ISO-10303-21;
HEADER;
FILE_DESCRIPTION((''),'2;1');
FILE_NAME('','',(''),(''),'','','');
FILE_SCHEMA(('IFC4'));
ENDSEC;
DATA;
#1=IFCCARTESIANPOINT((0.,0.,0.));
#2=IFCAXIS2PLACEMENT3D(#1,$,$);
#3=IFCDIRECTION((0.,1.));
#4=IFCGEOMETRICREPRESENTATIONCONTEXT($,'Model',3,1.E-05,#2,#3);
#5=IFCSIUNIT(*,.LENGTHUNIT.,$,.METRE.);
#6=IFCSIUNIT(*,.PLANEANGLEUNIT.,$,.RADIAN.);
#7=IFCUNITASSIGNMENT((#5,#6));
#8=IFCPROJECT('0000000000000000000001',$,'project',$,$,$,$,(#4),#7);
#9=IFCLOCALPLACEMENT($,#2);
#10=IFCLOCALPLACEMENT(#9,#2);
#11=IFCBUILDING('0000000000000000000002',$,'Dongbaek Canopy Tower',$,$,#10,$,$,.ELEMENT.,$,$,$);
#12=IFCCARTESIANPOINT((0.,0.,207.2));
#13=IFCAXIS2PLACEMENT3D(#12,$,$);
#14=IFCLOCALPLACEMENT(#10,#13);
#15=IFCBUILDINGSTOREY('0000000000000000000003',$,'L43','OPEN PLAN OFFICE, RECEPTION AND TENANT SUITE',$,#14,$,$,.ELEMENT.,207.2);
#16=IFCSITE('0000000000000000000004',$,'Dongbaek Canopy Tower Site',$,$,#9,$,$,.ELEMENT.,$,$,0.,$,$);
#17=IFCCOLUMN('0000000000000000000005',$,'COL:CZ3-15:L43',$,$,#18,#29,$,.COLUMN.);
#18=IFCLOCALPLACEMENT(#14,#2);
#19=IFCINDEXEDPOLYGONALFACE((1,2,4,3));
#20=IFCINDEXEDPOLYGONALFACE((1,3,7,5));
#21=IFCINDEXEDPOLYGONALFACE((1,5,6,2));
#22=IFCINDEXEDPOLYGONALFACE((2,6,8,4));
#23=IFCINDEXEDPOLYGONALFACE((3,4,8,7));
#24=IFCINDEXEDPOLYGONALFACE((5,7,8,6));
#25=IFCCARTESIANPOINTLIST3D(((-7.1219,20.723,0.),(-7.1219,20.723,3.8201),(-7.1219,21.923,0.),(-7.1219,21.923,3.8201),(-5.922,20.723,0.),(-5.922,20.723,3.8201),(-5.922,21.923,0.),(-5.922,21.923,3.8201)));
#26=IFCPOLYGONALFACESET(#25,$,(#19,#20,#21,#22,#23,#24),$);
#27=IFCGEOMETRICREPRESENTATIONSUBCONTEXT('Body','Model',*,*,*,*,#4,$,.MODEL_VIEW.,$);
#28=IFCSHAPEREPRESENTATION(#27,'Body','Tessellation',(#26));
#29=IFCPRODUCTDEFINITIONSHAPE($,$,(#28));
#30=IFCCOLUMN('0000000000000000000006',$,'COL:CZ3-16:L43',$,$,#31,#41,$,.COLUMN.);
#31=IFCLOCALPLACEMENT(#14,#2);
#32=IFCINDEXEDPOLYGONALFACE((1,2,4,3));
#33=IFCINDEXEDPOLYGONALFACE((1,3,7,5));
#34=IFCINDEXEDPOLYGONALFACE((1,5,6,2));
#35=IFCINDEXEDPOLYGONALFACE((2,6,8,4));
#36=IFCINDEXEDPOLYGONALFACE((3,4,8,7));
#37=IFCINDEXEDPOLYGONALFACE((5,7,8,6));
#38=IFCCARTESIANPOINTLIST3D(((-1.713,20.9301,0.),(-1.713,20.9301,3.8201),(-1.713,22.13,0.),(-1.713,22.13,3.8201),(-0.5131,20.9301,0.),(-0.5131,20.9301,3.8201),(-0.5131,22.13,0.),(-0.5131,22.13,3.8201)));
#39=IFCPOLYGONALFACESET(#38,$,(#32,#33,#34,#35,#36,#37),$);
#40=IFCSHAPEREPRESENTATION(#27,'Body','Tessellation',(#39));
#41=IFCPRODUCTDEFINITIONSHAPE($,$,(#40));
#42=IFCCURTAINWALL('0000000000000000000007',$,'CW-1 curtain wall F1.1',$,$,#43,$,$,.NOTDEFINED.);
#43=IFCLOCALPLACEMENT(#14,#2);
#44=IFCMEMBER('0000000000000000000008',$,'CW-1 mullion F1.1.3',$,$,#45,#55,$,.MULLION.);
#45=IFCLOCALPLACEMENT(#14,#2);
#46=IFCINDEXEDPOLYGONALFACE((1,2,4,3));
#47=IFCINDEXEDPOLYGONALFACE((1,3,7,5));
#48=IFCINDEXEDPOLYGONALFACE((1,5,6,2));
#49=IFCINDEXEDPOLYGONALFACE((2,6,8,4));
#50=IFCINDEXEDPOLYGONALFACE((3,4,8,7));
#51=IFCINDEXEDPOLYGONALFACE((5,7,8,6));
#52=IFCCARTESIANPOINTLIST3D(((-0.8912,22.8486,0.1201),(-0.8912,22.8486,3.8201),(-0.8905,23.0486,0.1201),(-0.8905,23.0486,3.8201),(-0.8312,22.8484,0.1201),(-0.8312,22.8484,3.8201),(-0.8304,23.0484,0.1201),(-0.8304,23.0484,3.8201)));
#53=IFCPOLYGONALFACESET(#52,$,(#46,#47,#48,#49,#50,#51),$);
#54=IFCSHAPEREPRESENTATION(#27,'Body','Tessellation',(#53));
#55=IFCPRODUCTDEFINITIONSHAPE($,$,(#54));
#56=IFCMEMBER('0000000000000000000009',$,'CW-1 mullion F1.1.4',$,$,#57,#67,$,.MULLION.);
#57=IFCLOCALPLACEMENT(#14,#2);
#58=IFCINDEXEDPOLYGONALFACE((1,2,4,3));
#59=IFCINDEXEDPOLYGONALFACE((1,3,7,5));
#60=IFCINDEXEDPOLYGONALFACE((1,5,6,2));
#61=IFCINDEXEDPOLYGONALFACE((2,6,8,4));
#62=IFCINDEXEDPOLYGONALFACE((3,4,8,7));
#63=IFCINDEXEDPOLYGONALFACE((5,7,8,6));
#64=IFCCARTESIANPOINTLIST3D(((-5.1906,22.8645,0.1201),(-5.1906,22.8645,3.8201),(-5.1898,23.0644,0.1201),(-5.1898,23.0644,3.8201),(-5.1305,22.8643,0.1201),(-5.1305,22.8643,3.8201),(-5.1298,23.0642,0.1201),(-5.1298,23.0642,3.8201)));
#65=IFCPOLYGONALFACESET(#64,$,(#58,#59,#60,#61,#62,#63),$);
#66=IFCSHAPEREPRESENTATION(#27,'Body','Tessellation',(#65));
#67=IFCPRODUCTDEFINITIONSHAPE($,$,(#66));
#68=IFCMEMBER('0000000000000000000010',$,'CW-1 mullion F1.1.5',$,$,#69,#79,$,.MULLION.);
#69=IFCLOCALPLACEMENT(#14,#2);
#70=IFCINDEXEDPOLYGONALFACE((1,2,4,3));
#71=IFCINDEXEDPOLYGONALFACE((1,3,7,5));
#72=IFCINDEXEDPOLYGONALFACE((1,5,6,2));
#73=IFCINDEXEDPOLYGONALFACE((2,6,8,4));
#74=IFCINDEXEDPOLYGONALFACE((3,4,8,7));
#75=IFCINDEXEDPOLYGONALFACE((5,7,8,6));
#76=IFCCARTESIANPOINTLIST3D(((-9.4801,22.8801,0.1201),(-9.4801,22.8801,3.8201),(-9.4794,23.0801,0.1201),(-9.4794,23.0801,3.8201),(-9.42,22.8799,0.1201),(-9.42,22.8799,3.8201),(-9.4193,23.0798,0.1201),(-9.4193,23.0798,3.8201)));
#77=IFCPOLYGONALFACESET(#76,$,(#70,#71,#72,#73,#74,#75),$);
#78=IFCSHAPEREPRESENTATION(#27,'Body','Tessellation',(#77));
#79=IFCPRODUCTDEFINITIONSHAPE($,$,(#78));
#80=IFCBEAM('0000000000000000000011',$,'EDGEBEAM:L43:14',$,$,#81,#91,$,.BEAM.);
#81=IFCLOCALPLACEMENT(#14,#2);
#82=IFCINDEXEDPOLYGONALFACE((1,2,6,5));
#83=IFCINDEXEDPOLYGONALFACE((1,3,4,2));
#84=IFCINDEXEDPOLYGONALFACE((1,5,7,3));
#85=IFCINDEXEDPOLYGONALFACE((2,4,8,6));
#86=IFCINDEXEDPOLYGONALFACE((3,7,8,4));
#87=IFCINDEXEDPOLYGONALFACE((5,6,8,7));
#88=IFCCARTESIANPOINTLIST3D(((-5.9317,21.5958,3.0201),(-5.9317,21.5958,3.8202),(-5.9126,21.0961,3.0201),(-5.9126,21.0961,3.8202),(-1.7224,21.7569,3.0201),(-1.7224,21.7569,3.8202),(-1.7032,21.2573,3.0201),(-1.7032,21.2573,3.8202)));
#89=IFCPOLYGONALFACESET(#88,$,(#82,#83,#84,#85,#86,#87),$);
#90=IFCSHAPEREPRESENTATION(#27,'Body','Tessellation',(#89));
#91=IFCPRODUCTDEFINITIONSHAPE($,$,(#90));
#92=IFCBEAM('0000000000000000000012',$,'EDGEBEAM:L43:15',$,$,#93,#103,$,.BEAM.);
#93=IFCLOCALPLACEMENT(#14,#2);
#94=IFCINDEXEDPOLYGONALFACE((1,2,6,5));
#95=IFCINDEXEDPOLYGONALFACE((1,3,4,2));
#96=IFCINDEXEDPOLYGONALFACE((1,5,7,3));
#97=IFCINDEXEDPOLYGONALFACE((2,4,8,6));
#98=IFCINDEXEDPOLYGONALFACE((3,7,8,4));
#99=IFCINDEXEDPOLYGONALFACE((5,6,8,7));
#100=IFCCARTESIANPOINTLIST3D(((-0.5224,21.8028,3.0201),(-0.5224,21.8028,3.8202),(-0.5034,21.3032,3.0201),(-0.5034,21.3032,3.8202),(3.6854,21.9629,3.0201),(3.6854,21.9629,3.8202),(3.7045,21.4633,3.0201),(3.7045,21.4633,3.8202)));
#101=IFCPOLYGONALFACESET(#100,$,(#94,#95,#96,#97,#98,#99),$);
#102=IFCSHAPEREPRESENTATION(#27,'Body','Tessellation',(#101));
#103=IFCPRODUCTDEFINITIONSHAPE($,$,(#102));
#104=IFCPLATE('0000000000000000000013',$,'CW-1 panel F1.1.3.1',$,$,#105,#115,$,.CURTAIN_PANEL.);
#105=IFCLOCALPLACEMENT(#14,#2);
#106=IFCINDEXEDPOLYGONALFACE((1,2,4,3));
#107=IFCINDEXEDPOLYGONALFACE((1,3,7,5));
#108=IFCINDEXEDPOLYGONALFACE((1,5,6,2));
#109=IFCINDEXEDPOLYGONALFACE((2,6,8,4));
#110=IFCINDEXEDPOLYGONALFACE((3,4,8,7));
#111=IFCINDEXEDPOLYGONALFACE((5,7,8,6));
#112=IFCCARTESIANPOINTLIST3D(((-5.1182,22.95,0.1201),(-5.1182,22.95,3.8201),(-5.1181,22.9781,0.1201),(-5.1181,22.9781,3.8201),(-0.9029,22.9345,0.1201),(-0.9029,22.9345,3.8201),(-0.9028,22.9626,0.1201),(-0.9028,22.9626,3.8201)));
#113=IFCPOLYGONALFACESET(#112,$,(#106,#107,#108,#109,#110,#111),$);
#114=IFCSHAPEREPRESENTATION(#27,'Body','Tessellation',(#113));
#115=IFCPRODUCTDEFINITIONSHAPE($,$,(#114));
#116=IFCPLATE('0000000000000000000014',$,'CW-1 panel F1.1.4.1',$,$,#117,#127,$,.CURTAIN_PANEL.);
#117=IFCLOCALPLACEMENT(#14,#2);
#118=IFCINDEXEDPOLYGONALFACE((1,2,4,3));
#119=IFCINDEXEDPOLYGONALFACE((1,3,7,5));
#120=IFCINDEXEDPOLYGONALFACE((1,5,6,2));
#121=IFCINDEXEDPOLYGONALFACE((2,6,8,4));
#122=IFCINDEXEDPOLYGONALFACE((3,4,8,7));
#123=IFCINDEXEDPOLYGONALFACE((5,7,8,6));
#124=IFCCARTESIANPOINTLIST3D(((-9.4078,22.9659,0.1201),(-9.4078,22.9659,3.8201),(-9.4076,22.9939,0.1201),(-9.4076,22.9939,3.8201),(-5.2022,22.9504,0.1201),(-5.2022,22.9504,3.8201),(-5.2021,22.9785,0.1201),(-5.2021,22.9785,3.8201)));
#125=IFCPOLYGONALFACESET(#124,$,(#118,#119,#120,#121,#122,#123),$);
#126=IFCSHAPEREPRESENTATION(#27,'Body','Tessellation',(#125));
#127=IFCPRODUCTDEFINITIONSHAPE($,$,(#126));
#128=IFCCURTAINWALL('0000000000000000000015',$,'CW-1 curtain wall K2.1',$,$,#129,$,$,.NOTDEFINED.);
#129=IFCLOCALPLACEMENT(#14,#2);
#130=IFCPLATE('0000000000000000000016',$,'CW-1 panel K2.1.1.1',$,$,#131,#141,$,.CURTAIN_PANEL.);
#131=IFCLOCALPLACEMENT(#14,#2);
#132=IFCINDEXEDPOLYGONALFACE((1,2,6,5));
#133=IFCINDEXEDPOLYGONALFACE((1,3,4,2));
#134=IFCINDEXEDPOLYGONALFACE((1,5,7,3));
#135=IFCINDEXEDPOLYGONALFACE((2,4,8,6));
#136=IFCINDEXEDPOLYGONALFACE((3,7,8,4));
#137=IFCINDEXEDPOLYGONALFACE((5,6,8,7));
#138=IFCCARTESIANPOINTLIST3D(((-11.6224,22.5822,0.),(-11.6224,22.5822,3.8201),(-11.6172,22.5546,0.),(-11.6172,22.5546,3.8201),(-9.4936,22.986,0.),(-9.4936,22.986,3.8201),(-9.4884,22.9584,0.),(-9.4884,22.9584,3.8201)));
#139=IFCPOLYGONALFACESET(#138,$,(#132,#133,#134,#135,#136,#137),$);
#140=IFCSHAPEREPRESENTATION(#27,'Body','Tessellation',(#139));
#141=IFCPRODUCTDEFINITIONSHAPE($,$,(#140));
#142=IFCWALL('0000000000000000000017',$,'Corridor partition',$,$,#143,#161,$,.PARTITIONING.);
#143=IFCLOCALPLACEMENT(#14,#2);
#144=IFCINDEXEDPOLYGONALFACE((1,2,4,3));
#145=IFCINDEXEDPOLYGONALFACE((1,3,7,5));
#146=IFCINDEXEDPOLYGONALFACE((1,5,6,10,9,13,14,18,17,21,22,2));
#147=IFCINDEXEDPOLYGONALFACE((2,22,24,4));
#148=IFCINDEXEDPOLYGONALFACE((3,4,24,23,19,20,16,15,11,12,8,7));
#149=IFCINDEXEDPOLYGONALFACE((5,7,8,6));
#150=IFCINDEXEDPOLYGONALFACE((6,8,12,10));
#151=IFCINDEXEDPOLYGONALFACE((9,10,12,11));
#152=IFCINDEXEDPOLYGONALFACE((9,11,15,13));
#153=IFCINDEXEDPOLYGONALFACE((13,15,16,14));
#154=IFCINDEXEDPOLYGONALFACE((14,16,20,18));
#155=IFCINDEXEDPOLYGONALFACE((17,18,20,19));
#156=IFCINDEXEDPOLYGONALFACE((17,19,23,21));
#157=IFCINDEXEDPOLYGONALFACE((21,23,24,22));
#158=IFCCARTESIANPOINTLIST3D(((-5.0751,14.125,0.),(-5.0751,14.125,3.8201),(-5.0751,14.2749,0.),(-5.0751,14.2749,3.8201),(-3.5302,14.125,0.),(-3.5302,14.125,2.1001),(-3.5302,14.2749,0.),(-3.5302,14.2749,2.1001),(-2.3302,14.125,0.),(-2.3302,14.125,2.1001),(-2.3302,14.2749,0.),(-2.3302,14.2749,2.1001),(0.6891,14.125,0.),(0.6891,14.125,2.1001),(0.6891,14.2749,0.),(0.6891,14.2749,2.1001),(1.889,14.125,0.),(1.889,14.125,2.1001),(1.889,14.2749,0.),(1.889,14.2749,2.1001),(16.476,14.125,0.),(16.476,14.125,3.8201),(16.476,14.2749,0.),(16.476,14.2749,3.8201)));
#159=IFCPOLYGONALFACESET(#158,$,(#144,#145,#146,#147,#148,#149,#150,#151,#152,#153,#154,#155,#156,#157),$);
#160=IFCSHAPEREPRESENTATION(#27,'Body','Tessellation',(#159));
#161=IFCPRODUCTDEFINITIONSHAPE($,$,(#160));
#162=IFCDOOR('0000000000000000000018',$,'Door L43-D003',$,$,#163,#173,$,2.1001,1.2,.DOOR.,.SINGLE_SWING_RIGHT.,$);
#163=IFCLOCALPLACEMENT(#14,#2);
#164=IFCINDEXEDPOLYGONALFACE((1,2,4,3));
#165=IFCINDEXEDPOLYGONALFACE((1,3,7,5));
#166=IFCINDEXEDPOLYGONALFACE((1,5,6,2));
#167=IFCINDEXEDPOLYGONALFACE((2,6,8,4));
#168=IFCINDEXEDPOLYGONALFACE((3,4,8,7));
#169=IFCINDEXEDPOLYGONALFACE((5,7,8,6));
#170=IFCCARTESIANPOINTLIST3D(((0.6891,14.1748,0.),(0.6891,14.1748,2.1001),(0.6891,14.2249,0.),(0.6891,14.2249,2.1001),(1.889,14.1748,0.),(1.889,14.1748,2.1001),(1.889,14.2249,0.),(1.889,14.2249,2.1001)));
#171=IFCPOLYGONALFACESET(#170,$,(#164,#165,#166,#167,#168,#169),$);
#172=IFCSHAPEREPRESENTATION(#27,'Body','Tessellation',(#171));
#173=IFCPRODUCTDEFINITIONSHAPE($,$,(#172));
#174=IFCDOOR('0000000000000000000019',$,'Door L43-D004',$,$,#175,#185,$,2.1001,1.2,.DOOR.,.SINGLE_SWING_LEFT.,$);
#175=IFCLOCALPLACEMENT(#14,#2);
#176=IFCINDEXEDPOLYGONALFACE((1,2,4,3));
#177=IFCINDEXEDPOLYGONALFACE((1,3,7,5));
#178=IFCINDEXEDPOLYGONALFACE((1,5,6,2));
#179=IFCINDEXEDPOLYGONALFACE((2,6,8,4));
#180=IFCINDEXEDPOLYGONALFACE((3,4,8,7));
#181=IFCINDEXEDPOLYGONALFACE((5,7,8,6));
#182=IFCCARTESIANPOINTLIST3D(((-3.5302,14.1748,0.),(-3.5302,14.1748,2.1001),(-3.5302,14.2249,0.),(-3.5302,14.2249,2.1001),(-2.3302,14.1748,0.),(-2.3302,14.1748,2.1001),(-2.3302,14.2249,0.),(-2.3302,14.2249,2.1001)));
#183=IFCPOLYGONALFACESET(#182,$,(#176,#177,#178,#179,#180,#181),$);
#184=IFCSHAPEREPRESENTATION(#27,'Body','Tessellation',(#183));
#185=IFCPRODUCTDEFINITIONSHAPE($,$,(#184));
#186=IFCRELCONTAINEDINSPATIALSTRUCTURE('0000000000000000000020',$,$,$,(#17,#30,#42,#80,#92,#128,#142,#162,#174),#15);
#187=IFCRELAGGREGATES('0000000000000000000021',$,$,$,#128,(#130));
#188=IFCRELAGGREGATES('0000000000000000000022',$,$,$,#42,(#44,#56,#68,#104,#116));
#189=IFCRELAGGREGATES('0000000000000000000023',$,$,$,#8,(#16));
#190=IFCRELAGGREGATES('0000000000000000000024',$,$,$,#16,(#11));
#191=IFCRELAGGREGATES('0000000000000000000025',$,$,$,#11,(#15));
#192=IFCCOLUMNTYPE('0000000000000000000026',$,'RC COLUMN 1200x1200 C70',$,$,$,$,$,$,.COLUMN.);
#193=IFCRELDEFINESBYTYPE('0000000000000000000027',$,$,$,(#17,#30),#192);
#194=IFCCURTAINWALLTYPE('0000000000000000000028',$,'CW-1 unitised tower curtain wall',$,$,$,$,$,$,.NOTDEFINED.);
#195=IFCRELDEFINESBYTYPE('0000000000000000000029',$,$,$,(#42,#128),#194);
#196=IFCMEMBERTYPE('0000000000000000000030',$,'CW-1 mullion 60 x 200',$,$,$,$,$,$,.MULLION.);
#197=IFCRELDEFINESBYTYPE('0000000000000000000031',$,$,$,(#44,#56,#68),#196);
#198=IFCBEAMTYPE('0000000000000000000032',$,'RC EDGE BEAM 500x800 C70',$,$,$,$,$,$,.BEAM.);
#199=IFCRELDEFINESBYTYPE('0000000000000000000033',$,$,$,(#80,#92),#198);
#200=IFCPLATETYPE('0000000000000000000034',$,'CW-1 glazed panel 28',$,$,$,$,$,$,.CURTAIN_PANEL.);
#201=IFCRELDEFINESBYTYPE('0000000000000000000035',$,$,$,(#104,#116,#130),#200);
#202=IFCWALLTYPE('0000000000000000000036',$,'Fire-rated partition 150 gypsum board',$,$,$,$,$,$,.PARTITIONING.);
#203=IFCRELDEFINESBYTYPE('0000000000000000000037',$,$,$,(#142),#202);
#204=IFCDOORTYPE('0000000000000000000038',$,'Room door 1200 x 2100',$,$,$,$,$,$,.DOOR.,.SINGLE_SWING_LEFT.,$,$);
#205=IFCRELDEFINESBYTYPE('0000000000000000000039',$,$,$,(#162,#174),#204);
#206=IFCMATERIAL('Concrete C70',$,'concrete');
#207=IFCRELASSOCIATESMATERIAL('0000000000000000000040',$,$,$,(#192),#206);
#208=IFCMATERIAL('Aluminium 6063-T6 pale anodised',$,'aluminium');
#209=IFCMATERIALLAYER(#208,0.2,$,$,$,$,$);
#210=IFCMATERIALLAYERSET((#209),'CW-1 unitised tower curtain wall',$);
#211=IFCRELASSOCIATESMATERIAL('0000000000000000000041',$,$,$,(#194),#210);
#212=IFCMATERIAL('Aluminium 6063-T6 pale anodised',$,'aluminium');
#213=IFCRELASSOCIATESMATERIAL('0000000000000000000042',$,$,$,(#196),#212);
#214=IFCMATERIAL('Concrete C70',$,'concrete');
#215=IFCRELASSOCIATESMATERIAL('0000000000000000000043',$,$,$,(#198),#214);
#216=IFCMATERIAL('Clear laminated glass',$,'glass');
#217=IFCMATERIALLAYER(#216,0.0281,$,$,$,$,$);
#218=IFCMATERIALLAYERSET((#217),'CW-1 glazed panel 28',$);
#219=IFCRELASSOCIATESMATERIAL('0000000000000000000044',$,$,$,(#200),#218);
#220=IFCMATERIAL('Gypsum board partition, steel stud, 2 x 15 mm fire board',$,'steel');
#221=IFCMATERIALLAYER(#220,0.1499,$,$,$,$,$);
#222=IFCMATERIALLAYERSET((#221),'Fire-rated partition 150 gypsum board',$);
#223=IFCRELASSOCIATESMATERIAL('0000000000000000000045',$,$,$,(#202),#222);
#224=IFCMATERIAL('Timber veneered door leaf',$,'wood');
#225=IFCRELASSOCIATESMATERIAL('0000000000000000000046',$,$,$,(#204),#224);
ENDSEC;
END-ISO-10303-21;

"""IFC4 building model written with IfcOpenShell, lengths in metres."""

from ifc_helpers import new_model, si_unit, direction, frame, frame_2d, origin, origin_2d, place, context, subcontext, project, spatial, rectangle, extrude, material, layer, layer_set, material_profile, profile_set, type_object, element, fill, aggregate, save


model = new_model("IFC4")

# Units and contexts
model_context = context("Model", 3, precision=1e-05, world=origin(), true_north=direction((0.0, 1.0)))
body_context = subcontext(model_context, "Body", "Model", "MODEL_VIEW")
ifc_project = project(units=[si_unit("LENGTHUNIT", "METRE"), si_unit("PLANEANGLEUNIT", "RADIAN")], contexts=[model_context])

# Site, building, storey
site_placement = place(None, origin())
site = spatial("IfcSite", under=ifc_project, at=site_placement, Name="Dongbaek Canopy Tower Site", CompositionType="ELEMENT", RefElevation=0.0)
building_placement = place(site_placement, origin())
building = spatial("IfcBuilding", under=site, at=building_placement, Name="Dongbaek Canopy Tower", CompositionType="ELEMENT")
storey_placement = place(building_placement, frame((0.0, 0.0, 207.2)))
storey = spatial("IfcBuildingStorey", under=building, at=storey_placement, Name="L43", Description="OPEN PLAN OFFICE, RECEPTION AND TENANT SUITE", CompositionType="ELEMENT", Elevation=207.2)

# Columns
ifc_material_1 = material(Name="Concrete C70", Category="concrete")
ifc_material_profile_1 = material_profile(ifc_material_1, rectangle(XDim=1.2, YDim=1.2, at=origin_2d()), Name="RC COLUMN 1200x1200 C70")
ifc_profile_set_1 = profile_set([ifc_material_profile_1], Name="Concrete C70")
column_type = type_object("IfcColumnType", Name="RC COLUMN 1200x1200 C70", PredefinedType="COLUMN", material=ifc_profile_set_1)
for number, where, z_axis, x_axis, name in (
    (1, (-6.522, 21.323, 0.0), (0.0, 0.0, 1.0), (1.0, 0.0, 0.0), "COL:CZ3-15:L43"),
    (2, (-1.113, 21.53, 0.0), (0.0, 0.0, 1.0), (1.0, 0.0, 0.0), "COL:CZ3-16:L43"),
):
    element("IfcColumn", number, at=place(storey_placement, frame(where, z_axis=z_axis, x_axis=x_axis)), inside=storey, type_object=column_type, Name=name, PredefinedType="COLUMN", context=body_context, shape_type="SweptSolid", body=[
        extrude(rectangle(XDim=1.2, YDim=1.2, at=origin_2d()), origin(), (0.0, 0.0, 1.0), 3.8201),
    ])

# Curtain wall, members
ifc_material_2 = material(Name="Aluminium 6063-T6 pale anodised", Category="aluminium")
ifc_layer_1 = layer(ifc_material_2, 0.2)
ifc_layer_set_1 = layer_set([ifc_layer_1], Name="CW-1 unitised tower curtain wall")
curtain_wall_type = type_object("IfcCurtainWallType", Name="CW-1 unitised tower curtain wall", PredefinedType="NOTDEFINED", material=ifc_layer_set_1)
curtain_wall_1_placement = place(storey_placement, origin())
curtain_wall_1 = element("IfcCurtainWall", 3, at=curtain_wall_1_placement, inside=storey, type_object=curtain_wall_type, Name="CW-1 curtain wall F1.1", PredefinedType="NOTDEFINED")
ifc_material_3 = material(Name="Aluminium 6063-T6 pale anodised", Category="aluminium")
ifc_material_profile_2 = material_profile(ifc_material_3, rectangle(XDim=0.2, YDim=0.0601, at=origin_2d()), Name="CW-1 mullion 60 x 200")
ifc_profile_set_2 = profile_set([ifc_material_profile_2], Name="Aluminium 6063-T6 pale anodised")
member_type = type_object("IfcMemberType", Name="CW-1 mullion 60 x 200", PredefinedType="MULLION", material=ifc_profile_set_2)
member_1_placement = place(storey_placement, frame((-0.8608, 22.9485, 0.1201), z_axis=(0.0, 0.0, 1.0), x_axis=(0.003675, 0.999993, 0.0)))
member_1 = element("IfcMember", 4, at=member_1_placement, type_object=member_type, Name="CW-1 mullion F1.1.3", PredefinedType="MULLION", context=body_context, shape_type="SweptSolid", body=[
    extrude(rectangle(XDim=0.2, YDim=0.0601, at=origin_2d()), origin(), (0.0, 0.0, 1.0), 3.7),
])
member_2_placement = place(storey_placement, frame((-5.1602, 22.9644, 0.1201), z_axis=(0.0, 0.0, 1.0), x_axis=(0.003675, 0.999993, 0.0)))
member_2 = element("IfcMember", 5, at=member_2_placement, type_object=member_type, Name="CW-1 mullion F1.1.4", PredefinedType="MULLION", context=body_context, shape_type="SweptSolid", body=[
    extrude(rectangle(XDim=0.2, YDim=0.0601, at=origin_2d()), origin(), (0.0, 0.0, 1.0), 3.7),
])
member_3_placement = place(storey_placement, frame((-9.4497, 22.98, 0.1201), z_axis=(0.0, 0.0, 1.0), x_axis=(0.003675, 0.999993, 0.0)))
member_3 = element("IfcMember", 6, at=member_3_placement, type_object=member_type, Name="CW-1 mullion F1.1.5", PredefinedType="MULLION", context=body_context, shape_type="SweptSolid", body=[
    extrude(rectangle(XDim=0.2, YDim=0.0601, at=origin_2d()), origin(), (0.0, 0.0, 1.0), 3.7),
])

# Beams
ifc_material_4 = material(Name="Concrete C70", Category="concrete")
ifc_material_profile_3 = material_profile(ifc_material_4, rectangle(XDim=0.5, YDim=0.8, at=origin_2d()), Name="RC EDGE BEAM 500x800 C70")
ifc_profile_set_3 = profile_set([ifc_material_profile_3], Name="Concrete C70")
beam_type = type_object("IfcBeamType", Name="RC EDGE BEAM 500x800 C70", PredefinedType="BEAM", material=ifc_profile_set_3)
beam_1_placement = place(storey_placement, frame((-5.9221, 21.3459, 3.4202), z_axis=(0.999268, 0.038253, 0.0), x_axis=(-0.038253, 0.999268, 0.0)))
element("IfcBeam", 7, at=beam_1_placement, inside=storey, type_object=beam_type, Name="EDGEBEAM:L43:14", PredefinedType="BEAM", context=body_context, shape_type="SweptSolid", body=[
    extrude(rectangle(XDim=0.5, YDim=0.8, at=origin_2d()), origin(), (0.0, 0.0, 1.0), 4.2124),
])
beam_2_placement = place(storey_placement, frame((-0.5129, 21.553, 3.4202), z_axis=(0.999277, 0.038032, 0.0), x_axis=(-0.038032, 0.999277, 0.0)))
element("IfcBeam", 8, at=beam_2_placement, inside=storey, type_object=beam_type, Name="EDGEBEAM:L43:15", PredefinedType="BEAM", context=body_context, shape_type="SweptSolid", body=[
    extrude(rectangle(XDim=0.5, YDim=0.8, at=origin_2d()), origin(), (0.0, 0.0, 1.0), 4.2109),
])

# Plates
ifc_material_5 = material(Name="Clear laminated glass", Category="glass")
ifc_layer_2 = layer(ifc_material_5, 0.0281)
ifc_layer_set_2 = layer_set([ifc_layer_2], Name="CW-1 glazed panel 28")
plate_type = type_object("IfcPlateType", Name="CW-1 glazed panel 28", PredefinedType="CURTAIN_PANEL", material=ifc_layer_set_2)
plate_1_placement = place(storey_placement, frame((-3.0105, 22.9563, 0.1201), z_axis=(0.0, 0.0, 1.0), x_axis=(-0.999993, 0.003675, 0.0)))
plate_1 = element("IfcPlate", 9, at=plate_1_placement, type_object=plate_type, Name="CW-1 panel F1.1.3.1", PredefinedType="CURTAIN_PANEL", context=body_context, shape_type="SweptSolid", body=[
    extrude(rectangle(XDim=4.2153, YDim=0.0281, at=origin_2d()), origin(), (0.0, 0.0, 1.0), 3.7),
])
plate_2_placement = place(storey_placement, frame((-7.3049, 22.9722, 0.1201), z_axis=(0.0, 0.0, 1.0), x_axis=(-0.999993, 0.003675, 0.0)))
plate_2 = element("IfcPlate", 10, at=plate_2_placement, type_object=plate_type, Name="CW-1 panel F1.1.4.1", PredefinedType="CURTAIN_PANEL", context=body_context, shape_type="SweptSolid", body=[
    extrude(rectangle(XDim=4.2056, YDim=0.0281, at=origin_2d()), origin(), (0.0, 0.0, 1.0), 3.7),
])

# Curtain wall, plate
curtain_wall_2_placement = place(storey_placement, origin())
curtain_wall_2 = element("IfcCurtainWall", 11, at=curtain_wall_2_placement, inside=storey, type_object=curtain_wall_type, Name="CW-1 curtain wall K2.1", PredefinedType="NOTDEFINED")
plate_3_placement = place(storey_placement, frame((-10.5554, 22.7703, 0.0), z_axis=(0.0, 0.0, 1.0), x_axis=(-0.982481, -0.186362, 0.0)))
plate_3 = element("IfcPlate", 12, at=plate_3_placement, type_object=plate_type, Name="CW-1 panel K2.1.1.1", PredefinedType="CURTAIN_PANEL", context=body_context, shape_type="SweptSolid", body=[
    extrude(rectangle(XDim=2.1667, YDim=0.0281, at=origin_2d()), origin(), (0.0, 0.0, 1.0), 3.8201),
])
aggregate(curtain_wall_2, [plate_3])

# Wall, openings, doors
ifc_material_6 = material(Name="Gypsum board partition, steel stud, 2 x 15 mm fire board", Category="steel")
ifc_layer_3 = layer(ifc_material_6, 0.1499)
ifc_layer_set_3 = layer_set([ifc_layer_3], Name="Fire-rated partition 150 gypsum board")
wall_type_1 = type_object("IfcWallType", Name="Fire-rated partition 150 gypsum board", PredefinedType="PARTITIONING", material=ifc_layer_set_3)
wall_1_placement = place(storey_placement, frame((-5.075, 14.2, 0.0), z_axis=(0.0, 0.0, 1.0), x_axis=(1.0, 0.0, 0.0)))
wall_1 = element("IfcWall", 13, at=wall_1_placement, inside=storey, type_object=wall_type_1, Name="Corridor partition", PredefinedType="PARTITIONING", context=body_context, shape_type="SweptSolid", body=[
    extrude(rectangle(XDim=21.551, YDim=0.1499, at=frame_2d((10.7754, 0.0))), origin(), (0.0, 0.0, 1.0), 3.8201),
])
opening_1_placement = place(wall_1_placement, frame((5.7639, 0.0, 0.0)))
opening_1 = element("IfcOpeningElement", 14, at=opening_1_placement, cuts=wall_1, PredefinedType="OPENING", context=body_context, shape_type="SweptSolid", body=[
    extrude(rectangle(XDim=1.2, YDim=2.1001, at=frame_2d((0.6001, 1.05))), frame((0.0, 0.085, 0.0), z_axis=(0.0, -1.0, 0.0), x_axis=(1.0, 0.0, 0.0)), (0.0, 0.0, 1.0), 0.1699),
])
opening_2_placement = place(wall_1_placement, frame((1.5447, 0.0, 0.0)))
opening_2 = element("IfcOpeningElement", 15, at=opening_2_placement, cuts=wall_1, PredefinedType="OPENING", context=body_context, shape_type="SweptSolid", body=[
    extrude(rectangle(XDim=1.2, YDim=2.1001, at=frame_2d((0.6001, 1.05))), frame((0.0, 0.085, 0.0), z_axis=(0.0, -1.0, 0.0), x_axis=(1.0, 0.0, 0.0)), (0.0, 0.0, 1.0), 0.1699),
])
ifc_material_7 = material(Name="Timber veneered door leaf", Category="wood")
door_type = type_object("IfcDoorType", Name="Room door 1200 x 2100", OperationType="SINGLE_SWING_LEFT", PredefinedType="DOOR", material=ifc_material_7)
door_1_placement = place(opening_1_placement, origin())
door_1 = element("IfcDoor", 16, at=door_1_placement, inside=storey, type_object=door_type, Name="Door L43-D003", OperationType="SINGLE_SWING_RIGHT", OverallHeight=2.1001, OverallWidth=1.2, PredefinedType="DOOR", context=body_context, shape_type="SweptSolid", body=[
    extrude(rectangle(XDim=1.2, YDim=2.1001, at=frame_2d((0.6001, 1.05))), frame((0.0, 0.0249, 0.0), z_axis=(0.0, -1.0, 0.0), x_axis=(1.0, 0.0, 0.0)), (0.0, 0.0, 1.0), 0.05),
])
fill(opening_1, door_1)
door_2_placement = place(opening_2_placement, origin())
door_2 = element("IfcDoor", 17, at=door_2_placement, inside=storey, type_object=door_type, Name="Door L43-D004", OperationType="SINGLE_SWING_LEFT", OverallHeight=2.1001, OverallWidth=1.2, PredefinedType="DOOR", context=body_context, shape_type="SweptSolid", body=[
    extrude(rectangle(XDim=1.2, YDim=2.1001, at=frame_2d((0.6001, 1.05))), frame((0.0, 0.0249, 0.0), z_axis=(0.0, -1.0, 0.0), x_axis=(1.0, 0.0, 0.0)), (0.0, 0.0, 1.0), 0.05),
])
fill(opening_2, door_2)

aggregate(curtain_wall_1, [member_1, member_2, member_3, plate_1, plate_2])

save(model, "model.ifc")
